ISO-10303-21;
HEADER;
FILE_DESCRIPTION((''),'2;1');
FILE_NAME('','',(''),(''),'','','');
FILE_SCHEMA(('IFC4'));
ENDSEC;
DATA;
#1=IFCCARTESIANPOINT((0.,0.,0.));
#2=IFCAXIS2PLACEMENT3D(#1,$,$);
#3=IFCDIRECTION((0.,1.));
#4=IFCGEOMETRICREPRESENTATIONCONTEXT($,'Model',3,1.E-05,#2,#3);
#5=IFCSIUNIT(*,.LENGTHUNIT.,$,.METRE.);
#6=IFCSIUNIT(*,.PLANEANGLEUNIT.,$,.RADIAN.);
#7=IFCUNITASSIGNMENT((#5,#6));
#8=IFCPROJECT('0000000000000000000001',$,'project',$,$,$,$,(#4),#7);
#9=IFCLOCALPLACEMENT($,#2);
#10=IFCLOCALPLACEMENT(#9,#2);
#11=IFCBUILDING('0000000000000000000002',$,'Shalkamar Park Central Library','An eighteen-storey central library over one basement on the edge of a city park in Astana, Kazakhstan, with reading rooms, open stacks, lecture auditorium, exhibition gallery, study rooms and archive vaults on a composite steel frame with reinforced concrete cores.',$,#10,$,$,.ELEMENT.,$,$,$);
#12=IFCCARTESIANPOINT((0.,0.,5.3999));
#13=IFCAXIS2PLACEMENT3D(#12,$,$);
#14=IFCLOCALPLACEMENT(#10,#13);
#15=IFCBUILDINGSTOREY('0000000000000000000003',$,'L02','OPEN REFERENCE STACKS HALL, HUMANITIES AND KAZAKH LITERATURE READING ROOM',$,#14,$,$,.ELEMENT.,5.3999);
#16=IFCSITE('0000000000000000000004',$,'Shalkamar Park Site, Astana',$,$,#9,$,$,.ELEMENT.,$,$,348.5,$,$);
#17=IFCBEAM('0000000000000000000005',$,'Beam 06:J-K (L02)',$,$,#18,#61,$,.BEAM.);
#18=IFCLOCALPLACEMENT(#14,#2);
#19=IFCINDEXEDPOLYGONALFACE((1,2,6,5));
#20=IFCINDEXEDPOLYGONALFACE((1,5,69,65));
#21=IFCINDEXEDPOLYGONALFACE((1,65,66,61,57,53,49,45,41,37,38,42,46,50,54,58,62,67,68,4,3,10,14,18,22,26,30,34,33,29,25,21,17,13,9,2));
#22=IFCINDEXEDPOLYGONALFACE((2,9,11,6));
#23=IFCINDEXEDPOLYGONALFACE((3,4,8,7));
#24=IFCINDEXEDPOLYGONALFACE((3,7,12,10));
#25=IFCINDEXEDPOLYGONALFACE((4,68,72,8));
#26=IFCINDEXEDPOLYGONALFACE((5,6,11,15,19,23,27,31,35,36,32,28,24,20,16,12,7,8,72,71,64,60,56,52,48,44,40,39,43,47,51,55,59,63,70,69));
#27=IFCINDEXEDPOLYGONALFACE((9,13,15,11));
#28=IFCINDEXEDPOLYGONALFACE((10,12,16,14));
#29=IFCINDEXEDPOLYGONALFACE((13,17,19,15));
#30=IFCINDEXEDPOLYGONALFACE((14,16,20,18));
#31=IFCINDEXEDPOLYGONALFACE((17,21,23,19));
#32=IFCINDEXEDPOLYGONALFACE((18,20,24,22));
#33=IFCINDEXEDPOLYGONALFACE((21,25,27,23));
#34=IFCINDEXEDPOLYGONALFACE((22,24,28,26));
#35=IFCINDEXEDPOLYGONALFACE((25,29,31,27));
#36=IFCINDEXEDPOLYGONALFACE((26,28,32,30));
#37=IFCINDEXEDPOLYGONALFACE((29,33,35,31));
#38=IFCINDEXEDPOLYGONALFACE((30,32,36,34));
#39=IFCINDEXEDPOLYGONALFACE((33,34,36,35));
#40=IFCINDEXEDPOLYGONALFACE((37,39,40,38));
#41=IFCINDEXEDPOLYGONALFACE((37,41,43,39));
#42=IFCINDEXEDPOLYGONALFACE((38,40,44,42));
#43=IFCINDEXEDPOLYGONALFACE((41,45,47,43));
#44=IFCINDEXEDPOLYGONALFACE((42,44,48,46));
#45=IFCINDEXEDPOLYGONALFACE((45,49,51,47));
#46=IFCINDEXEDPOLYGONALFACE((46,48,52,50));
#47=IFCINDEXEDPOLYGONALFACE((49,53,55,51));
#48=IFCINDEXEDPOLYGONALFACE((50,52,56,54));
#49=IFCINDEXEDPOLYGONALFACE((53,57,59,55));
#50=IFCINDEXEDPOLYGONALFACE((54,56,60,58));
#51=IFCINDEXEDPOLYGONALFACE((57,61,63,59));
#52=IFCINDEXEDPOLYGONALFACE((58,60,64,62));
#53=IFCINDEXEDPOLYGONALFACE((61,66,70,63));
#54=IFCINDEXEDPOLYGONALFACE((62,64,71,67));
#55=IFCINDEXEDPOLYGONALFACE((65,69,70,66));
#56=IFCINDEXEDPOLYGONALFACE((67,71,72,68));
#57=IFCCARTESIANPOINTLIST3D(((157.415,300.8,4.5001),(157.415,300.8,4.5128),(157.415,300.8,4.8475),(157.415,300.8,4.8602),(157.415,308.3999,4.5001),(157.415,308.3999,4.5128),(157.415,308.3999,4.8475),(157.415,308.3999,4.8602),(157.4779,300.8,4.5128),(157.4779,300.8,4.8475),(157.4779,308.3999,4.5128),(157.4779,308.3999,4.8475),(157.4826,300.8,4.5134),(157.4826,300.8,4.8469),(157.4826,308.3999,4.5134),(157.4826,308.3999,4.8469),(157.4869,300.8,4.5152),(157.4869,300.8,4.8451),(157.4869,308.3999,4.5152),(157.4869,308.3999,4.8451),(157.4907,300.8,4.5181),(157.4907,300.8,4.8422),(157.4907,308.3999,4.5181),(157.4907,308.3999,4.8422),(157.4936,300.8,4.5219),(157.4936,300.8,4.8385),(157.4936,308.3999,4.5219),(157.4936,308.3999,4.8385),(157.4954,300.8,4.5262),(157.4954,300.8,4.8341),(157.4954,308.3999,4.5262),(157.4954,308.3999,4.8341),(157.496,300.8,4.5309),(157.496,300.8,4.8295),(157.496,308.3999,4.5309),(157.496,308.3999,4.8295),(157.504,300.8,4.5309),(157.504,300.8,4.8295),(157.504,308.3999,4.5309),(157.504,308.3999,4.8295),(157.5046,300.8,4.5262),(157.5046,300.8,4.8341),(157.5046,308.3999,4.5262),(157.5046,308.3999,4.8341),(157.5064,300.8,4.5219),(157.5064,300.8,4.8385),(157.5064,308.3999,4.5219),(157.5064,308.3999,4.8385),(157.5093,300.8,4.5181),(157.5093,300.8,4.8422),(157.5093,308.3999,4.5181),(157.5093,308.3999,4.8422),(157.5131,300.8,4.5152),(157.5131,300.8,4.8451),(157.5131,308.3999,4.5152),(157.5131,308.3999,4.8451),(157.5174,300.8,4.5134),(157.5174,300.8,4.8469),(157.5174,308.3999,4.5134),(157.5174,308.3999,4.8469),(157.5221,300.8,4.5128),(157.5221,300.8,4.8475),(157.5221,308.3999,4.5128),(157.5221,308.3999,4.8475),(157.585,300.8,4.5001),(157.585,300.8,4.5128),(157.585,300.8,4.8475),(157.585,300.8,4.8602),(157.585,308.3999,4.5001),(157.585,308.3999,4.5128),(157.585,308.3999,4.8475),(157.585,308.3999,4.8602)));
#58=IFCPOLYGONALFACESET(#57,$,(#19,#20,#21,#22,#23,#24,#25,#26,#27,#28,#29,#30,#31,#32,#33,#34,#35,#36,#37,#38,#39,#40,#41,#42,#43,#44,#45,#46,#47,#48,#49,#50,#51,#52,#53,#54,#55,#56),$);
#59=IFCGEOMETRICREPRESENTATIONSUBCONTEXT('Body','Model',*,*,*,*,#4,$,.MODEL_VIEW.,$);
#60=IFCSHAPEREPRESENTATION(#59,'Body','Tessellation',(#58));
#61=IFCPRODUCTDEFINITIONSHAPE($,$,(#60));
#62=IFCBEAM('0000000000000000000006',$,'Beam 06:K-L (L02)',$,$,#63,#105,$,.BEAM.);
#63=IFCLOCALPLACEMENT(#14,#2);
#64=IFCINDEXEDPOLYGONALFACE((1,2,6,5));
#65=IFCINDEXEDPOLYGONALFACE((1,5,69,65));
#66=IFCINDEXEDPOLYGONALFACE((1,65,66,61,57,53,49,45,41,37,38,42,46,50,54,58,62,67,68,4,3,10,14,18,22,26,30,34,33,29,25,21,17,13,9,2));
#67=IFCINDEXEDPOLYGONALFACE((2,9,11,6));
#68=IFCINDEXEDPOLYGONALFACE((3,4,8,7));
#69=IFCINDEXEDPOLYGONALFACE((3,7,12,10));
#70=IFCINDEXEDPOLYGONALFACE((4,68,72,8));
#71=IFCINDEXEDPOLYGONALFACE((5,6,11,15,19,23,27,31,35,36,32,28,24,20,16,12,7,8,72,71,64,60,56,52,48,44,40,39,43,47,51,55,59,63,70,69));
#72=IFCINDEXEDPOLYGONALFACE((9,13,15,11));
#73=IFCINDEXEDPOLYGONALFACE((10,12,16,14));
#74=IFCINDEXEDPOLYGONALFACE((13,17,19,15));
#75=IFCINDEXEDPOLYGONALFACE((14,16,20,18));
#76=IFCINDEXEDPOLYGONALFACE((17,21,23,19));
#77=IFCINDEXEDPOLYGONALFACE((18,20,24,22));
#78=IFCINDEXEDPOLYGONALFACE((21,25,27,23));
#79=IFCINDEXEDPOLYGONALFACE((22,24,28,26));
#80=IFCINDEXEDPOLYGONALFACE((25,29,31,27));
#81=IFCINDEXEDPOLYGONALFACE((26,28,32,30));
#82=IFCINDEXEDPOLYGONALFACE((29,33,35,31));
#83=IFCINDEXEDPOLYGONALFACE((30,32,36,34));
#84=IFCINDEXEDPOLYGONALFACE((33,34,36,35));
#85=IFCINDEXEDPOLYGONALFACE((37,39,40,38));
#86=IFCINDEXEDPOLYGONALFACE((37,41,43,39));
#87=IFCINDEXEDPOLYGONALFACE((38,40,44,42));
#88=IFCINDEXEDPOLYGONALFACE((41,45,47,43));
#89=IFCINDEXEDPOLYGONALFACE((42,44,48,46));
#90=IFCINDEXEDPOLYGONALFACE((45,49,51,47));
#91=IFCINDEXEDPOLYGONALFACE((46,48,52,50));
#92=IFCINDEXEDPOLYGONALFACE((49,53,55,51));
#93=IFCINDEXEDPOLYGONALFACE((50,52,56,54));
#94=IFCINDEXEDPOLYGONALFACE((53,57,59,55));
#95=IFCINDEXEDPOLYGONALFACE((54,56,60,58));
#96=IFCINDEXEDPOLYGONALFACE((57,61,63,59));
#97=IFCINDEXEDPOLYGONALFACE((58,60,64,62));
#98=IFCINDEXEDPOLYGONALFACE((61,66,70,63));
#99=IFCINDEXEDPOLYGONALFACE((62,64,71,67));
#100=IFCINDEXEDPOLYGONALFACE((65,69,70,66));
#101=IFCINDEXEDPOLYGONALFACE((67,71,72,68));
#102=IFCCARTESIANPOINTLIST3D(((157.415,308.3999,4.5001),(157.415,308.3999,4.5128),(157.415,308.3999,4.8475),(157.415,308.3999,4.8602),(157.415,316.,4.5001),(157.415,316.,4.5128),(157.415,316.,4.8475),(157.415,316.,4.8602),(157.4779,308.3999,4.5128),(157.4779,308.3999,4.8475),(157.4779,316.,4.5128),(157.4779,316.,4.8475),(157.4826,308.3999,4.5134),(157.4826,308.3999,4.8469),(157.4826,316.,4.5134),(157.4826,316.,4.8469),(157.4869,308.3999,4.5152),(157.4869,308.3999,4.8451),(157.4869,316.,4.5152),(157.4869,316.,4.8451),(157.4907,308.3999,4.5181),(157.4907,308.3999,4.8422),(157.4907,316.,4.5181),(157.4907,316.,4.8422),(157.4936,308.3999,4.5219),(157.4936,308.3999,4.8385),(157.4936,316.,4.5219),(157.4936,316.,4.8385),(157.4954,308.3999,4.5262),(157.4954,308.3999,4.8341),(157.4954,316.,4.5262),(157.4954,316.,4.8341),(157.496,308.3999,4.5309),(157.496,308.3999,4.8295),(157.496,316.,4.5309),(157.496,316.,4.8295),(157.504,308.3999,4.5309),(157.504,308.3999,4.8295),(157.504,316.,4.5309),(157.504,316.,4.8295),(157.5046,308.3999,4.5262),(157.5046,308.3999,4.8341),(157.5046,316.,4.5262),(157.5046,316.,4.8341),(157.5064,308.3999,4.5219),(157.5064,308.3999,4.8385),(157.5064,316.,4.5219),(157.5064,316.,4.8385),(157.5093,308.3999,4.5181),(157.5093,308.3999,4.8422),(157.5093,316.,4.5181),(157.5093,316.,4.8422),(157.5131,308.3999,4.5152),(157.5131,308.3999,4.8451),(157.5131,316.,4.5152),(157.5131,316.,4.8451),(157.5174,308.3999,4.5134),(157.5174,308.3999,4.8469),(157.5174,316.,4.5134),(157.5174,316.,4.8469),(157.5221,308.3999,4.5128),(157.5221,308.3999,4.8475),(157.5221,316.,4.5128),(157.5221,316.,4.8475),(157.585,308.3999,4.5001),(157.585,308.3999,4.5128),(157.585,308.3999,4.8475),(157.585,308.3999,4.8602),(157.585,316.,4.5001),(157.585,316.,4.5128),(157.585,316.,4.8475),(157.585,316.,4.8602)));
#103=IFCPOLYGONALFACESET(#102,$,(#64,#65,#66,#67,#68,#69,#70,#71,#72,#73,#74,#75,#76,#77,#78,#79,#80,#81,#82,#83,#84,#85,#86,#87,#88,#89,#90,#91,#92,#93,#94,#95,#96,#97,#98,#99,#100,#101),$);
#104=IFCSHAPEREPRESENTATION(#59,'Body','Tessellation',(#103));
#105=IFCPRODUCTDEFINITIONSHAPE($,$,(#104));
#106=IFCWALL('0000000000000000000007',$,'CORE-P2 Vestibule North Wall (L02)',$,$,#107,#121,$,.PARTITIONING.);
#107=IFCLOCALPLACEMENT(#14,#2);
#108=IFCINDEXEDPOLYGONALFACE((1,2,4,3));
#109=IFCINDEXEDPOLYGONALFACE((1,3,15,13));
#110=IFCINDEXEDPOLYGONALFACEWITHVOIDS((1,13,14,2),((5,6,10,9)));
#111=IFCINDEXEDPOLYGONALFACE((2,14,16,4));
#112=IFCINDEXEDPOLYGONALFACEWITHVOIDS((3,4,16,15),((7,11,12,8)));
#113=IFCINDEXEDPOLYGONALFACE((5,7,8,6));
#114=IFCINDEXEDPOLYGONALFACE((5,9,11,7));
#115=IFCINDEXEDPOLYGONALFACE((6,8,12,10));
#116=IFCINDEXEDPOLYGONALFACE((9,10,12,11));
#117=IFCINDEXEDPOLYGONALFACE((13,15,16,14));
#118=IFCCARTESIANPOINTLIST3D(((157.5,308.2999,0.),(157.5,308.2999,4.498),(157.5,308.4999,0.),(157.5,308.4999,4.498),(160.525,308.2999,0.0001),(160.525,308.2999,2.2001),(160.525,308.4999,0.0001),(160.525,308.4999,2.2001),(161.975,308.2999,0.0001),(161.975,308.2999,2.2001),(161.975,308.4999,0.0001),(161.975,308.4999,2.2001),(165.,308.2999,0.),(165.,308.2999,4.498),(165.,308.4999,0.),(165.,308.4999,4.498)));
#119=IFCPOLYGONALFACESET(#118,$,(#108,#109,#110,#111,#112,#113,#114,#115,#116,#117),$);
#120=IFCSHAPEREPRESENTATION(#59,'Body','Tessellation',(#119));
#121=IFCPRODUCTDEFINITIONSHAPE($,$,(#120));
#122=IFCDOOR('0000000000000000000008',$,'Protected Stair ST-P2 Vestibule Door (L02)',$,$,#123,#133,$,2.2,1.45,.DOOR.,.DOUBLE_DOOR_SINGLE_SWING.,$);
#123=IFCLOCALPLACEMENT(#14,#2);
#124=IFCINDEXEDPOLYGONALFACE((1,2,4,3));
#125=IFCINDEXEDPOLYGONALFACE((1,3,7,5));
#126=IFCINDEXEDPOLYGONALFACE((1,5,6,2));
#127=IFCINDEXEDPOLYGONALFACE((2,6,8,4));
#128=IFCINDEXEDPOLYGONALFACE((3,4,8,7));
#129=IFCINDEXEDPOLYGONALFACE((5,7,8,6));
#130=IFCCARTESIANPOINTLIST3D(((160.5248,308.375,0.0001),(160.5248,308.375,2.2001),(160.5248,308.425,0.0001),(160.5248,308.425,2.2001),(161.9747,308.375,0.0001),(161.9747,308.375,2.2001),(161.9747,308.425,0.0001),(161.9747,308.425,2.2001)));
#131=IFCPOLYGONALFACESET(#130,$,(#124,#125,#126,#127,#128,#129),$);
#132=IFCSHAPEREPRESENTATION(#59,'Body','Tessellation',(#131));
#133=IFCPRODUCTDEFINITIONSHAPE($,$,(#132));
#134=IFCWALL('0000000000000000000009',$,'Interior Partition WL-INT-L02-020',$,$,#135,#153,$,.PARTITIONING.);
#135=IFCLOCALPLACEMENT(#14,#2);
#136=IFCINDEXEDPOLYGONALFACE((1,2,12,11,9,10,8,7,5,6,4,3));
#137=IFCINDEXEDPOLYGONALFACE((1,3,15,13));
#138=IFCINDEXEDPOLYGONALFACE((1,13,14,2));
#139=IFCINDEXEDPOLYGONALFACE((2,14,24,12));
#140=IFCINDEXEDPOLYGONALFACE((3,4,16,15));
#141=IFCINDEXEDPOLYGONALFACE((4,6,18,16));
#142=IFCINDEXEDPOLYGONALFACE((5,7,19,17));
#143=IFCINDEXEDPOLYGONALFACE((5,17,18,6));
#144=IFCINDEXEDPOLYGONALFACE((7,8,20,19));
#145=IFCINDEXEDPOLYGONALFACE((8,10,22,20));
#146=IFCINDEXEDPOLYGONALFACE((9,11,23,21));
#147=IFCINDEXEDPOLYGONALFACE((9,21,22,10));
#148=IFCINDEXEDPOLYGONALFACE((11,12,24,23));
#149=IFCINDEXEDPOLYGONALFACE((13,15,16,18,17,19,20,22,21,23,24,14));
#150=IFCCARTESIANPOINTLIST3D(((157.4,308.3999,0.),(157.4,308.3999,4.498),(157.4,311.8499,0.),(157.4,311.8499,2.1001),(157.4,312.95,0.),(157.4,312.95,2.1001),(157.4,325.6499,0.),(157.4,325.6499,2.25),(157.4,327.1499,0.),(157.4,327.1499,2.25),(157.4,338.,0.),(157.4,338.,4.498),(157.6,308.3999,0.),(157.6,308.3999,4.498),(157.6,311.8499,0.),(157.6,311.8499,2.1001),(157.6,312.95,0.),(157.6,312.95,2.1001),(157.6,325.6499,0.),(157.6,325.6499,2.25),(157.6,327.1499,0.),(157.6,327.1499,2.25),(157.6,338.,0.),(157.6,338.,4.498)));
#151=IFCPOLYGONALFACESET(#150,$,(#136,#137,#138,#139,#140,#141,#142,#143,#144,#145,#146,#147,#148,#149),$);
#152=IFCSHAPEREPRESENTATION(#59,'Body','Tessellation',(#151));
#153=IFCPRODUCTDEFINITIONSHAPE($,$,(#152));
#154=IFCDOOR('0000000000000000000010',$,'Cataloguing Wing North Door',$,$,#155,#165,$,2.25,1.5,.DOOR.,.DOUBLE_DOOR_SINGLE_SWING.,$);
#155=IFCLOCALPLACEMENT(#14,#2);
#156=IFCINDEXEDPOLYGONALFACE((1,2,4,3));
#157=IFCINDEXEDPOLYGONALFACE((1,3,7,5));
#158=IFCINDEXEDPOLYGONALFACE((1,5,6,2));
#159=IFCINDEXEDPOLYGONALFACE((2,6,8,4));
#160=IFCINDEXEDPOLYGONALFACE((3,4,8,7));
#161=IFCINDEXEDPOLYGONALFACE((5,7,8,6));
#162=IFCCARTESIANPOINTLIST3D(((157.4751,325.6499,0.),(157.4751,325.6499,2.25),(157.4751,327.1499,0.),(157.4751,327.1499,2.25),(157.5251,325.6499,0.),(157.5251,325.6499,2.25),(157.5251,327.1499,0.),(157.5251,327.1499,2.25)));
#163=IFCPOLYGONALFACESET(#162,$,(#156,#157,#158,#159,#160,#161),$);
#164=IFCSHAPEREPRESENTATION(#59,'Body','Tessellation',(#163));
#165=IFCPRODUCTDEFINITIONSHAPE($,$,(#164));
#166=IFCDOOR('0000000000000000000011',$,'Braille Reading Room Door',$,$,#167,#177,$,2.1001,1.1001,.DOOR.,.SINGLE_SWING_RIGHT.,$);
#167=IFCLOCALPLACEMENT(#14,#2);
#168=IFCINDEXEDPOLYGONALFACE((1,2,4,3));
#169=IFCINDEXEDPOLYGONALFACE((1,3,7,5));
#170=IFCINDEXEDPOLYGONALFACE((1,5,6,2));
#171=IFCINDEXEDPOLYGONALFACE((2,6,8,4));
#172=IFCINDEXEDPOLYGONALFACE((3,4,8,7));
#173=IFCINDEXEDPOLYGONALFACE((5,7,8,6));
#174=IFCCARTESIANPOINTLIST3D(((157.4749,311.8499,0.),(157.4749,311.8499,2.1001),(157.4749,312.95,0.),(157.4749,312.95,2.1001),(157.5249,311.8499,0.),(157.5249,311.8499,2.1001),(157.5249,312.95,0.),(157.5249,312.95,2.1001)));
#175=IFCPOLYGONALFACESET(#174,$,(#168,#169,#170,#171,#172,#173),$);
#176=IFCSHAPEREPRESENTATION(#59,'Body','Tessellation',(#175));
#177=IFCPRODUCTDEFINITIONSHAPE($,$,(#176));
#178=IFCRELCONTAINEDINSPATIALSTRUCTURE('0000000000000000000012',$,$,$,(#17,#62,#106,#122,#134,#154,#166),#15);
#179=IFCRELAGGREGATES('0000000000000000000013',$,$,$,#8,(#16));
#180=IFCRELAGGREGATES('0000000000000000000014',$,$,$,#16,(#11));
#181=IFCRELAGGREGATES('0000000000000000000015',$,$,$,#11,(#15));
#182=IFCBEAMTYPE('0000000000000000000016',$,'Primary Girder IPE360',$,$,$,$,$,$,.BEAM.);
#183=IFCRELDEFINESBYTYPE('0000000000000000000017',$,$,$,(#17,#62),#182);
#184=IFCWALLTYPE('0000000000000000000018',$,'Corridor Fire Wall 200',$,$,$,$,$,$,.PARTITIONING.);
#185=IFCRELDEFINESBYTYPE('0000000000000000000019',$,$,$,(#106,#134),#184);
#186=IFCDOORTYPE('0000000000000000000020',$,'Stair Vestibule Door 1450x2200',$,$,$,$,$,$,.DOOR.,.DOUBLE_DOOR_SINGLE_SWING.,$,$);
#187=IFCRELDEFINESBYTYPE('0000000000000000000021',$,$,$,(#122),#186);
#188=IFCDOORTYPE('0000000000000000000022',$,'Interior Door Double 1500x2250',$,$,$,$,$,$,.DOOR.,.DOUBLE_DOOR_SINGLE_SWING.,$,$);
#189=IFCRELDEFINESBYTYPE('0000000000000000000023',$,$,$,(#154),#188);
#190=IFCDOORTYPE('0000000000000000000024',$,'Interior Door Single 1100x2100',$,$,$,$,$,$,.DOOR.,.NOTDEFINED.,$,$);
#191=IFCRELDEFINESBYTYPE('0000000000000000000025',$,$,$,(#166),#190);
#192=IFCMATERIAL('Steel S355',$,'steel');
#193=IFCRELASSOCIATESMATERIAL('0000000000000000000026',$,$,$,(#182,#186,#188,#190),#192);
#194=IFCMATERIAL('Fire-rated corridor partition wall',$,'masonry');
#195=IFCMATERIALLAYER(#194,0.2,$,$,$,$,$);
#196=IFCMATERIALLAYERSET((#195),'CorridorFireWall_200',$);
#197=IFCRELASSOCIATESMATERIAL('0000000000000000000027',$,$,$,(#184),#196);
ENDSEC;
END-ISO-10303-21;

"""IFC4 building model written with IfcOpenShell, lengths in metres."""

from ifc_helpers import new_model, si_unit, direction, frame, frame_2d, origin, origin_2d, place, context, subcontext, project, spatial, rectangle, i_section, extrude, material, layer, layer_set, material_profile, profile_set, type_object, element, fill, save


model = new_model("IFC4")

# Units and contexts
model_context = context("Model", 3, precision=1e-05, world=origin(), true_north=direction((0.0, 1.0)))
body_context = subcontext(model_context, "Body", "Model", "MODEL_VIEW")
ifc_project = project(units=[si_unit("LENGTHUNIT", "METRE"), si_unit("PLANEANGLEUNIT", "RADIAN")], contexts=[model_context])

# Site, building, storey
site_placement = place(None, origin())
site = spatial("IfcSite", under=ifc_project, at=site_placement, Name="Shalkamar Park Site, Astana", CompositionType="ELEMENT", RefElevation=348.5)
building_placement = place(site_placement, origin())
building = spatial("IfcBuilding", under=site, at=building_placement, Name="Shalkamar Park Central Library", Description="An eighteen-storey central library over one basement on the edge of a city park in Astana, Kazakhstan, with reading rooms, open stacks, lecture auditorium, exhibition gallery, study rooms and archive vaults on a composite steel frame with reinforced concrete cores.", CompositionType="ELEMENT")
storey_placement = place(building_placement, frame((0.0, 0.0, 5.3999)))
storey = spatial("IfcBuildingStorey", under=building, at=storey_placement, Name="L02", Description="OPEN REFERENCE STACKS HALL, HUMANITIES AND KAZAKH LITERATURE READING ROOM", CompositionType="ELEMENT", Elevation=5.3999)

# Shared definitions
ifc_material_1 = material(Name="Steel S355", Category="steel")

# Beams
ifc_material_profile_1 = material_profile(ifc_material_1, i_section(OverallWidth=0.1699, OverallDepth=0.3601, WebThickness=0.0081, FlangeThickness=0.0127, FilletRadius=0.0181, at=origin_2d()), Name="IPE 360")
ifc_profile_set_1 = profile_set([ifc_material_profile_1], Name="Steel S355")
beam_type = type_object("IfcBeamType", Name="Primary Girder IPE360", PredefinedType="BEAM", material=ifc_profile_set_1)
beam_1_placement = place(storey_placement, frame((157.5, 300.8, 4.6802), z_axis=(0.0, 1.0, 0.0), x_axis=(-1.0, 0.0, 0.0)))
element("IfcBeam", 1, at=beam_1_placement, inside=storey, type_object=beam_type, Name="Beam 06:J-K (L02)", PredefinedType="BEAM", context=body_context, shape_type="SweptSolid", body=[
    extrude(i_section(OverallWidth=0.1699, OverallDepth=0.3601, WebThickness=0.0081, FlangeThickness=0.0127, FilletRadius=0.0181, at=origin_2d()), origin(), (0.0, 0.0, 1.0), 7.5999),
])
beam_2_placement = place(storey_placement, frame((157.5, 308.3999, 4.6802), z_axis=(0.0, 1.0, 0.0), x_axis=(-1.0, 0.0, 0.0)))
element("IfcBeam", 2, at=beam_2_placement, inside=storey, type_object=beam_type, Name="Beam 06:K-L (L02)", PredefinedType="BEAM", context=body_context, shape_type="SweptSolid", body=[
    extrude(i_section(OverallWidth=0.1699, OverallDepth=0.3601, WebThickness=0.0081, FlangeThickness=0.0127, FilletRadius=0.0181, at=origin_2d()), origin(), (0.0, 0.0, 1.0), 7.6001),
])

# Wall, opening, door
ifc_material_2 = material(Name="Fire-rated corridor partition wall", Category="masonry")
ifc_layer_1 = layer(ifc_material_2, 0.2)
ifc_layer_set_1 = layer_set([ifc_layer_1], Name="CorridorFireWall_200")
wall_type_1 = type_object("IfcWallType", Name="Corridor Fire Wall 200", PredefinedType="PARTITIONING", material=ifc_layer_set_1)
wall_1_placement = place(storey_placement, frame((157.5, 308.3999, 0.0), z_axis=(0.0, 0.0, 1.0), x_axis=(1.0, 0.0, 0.0)))
wall_1 = element("IfcWall", 3, at=wall_1_placement, inside=storey, type_object=wall_type_1, Name="CORE-P2 Vestibule North Wall (L02)", PredefinedType="PARTITIONING", context=body_context, shape_type="SweptSolid", body=[
    extrude(rectangle(XDim=7.5, YDim=0.2, at=frame_2d((3.75, 0.0))), origin(), (0.0, 0.0, 1.0), 4.498),
])
opening_1_placement = place(wall_1_placement, frame((3.0249, 0.0, 0.0)))
opening_1 = element("IfcOpeningElement", 4, at=opening_1_placement, cuts=wall_1, PredefinedType="OPENING", context=body_context, shape_type="SweptSolid", body=[
    extrude(rectangle(XDim=1.45, YDim=2.2, at=frame_2d((0.7251, 1.1001))), frame((0.0, 0.1147, 0.0), z_axis=(0.0, -1.0, 0.0), x_axis=(1.0, 0.0, 0.0)), (0.0, 0.0, 1.0), 0.2297),
])
door_type_1 = type_object("IfcDoorType", Name="Stair Vestibule Door 1450x2200", OperationType="DOUBLE_DOOR_SINGLE_SWING", PredefinedType="DOOR", material=ifc_material_1)
door_1_placement = place(opening_1_placement, frame((1.45, 0.0, 0.0), z_axis=(0.0, 0.0, 1.0), x_axis=(-1.0, 0.0, 0.0)))
door_1 = element("IfcDoor", 5, at=door_1_placement, inside=storey, type_object=door_type_1, Name="Protected Stair ST-P2 Vestibule Door (L02)", OperationType="DOUBLE_DOOR_SINGLE_SWING", OverallHeight=2.2, OverallWidth=1.45, PredefinedType="DOOR", context=body_context, shape_type="SweptSolid", body=[
    extrude(rectangle(XDim=1.45, YDim=2.2, at=frame_2d((0.7251, 1.1001))), frame((0.0, 0.0249, 0.0), z_axis=(0.0, -1.0, 0.0), x_axis=(1.0, 0.0, 0.0)), (0.0, 0.0, 1.0), 0.05),
])
fill(opening_1, door_1)

# Wall, openings, doors
wall_2_placement = place(storey_placement, frame((157.5, 308.3999, 0.0), z_axis=(0.0, 0.0, 1.0), x_axis=(0.0, 1.0, 0.0)))
wall_2 = element("IfcWall", 6, at=wall_2_placement, inside=storey, type_object=wall_type_1, Name="Interior Partition WL-INT-L02-020", PredefinedType="PARTITIONING", context=body_context, shape_type="SweptSolid", body=[
    extrude(rectangle(XDim=29.6001, YDim=0.2, at=frame_2d((14.8, 0.0))), origin(), (0.0, 0.0, 1.0), 4.498),
])
opening_2_placement = place(wall_2_placement, frame((3.45, 0.0, 0.0)))
opening_2 = element("IfcOpeningElement", 7, at=opening_2_placement, cuts=wall_2, PredefinedType="OPENING", context=body_context, shape_type="SweptSolid", body=[
    extrude(rectangle(XDim=1.1001, YDim=2.1001, at=frame_2d((0.55, 1.05))), frame((0.0, 0.1147, 0.0), z_axis=(0.0, -1.0, 0.0), x_axis=(1.0, 0.0, 0.0)), (0.0, 0.0, 1.0), 0.2297),
])
opening_3_placement = place(wall_2_placement, frame((17.25, 0.0, 0.0)))
opening_3 = element("IfcOpeningElement", 8, at=opening_3_placement, cuts=wall_2, PredefinedType="OPENING", context=body_context, shape_type="SweptSolid", body=[
    extrude(rectangle(XDim=1.5, YDim=2.25, at=frame_2d((0.75, 1.125))), frame((0.0, 0.1147, 0.0), z_axis=(0.0, -1.0, 0.0), x_axis=(1.0, 0.0, 0.0)), (0.0, 0.0, 1.0), 0.2297),
])
door_type_2 = type_object("IfcDoorType", Name="Interior Door Double 1500x2250", OperationType="DOUBLE_DOOR_SINGLE_SWING", PredefinedType="DOOR", material=ifc_material_1)
door_2_placement = place(opening_3_placement, origin())
door_2 = element("IfcDoor", 9, at=door_2_placement, inside=storey, type_object=door_type_2, Name="Cataloguing Wing North Door", OperationType="DOUBLE_DOOR_SINGLE_SWING", OverallHeight=2.25, OverallWidth=1.5, PredefinedType="DOOR", context=body_context, shape_type="SweptSolid", body=[
    extrude(rectangle(XDim=1.5, YDim=2.25, at=frame_2d((0.75, 1.125))), frame((0.0, 0.0249, 0.0), z_axis=(0.0, -1.0, 0.0), x_axis=(1.0, 0.0, 0.0)), (0.0, 0.0, 1.0), 0.05),
])
fill(opening_3, door_2)
door_type_3 = type_object("IfcDoorType", Name="Interior Door Single 1100x2100", OperationType="NOTDEFINED", PredefinedType="DOOR", material=ifc_material_1)
door_3_placement = place(opening_2_placement, frame((1.1001, 0.0, 0.0), z_axis=(0.0, 0.0, 1.0), x_axis=(-1.0, 0.0, 0.0)))
door_3 = element("IfcDoor", 10, at=door_3_placement, inside=storey, type_object=door_type_3, Name="Braille Reading Room Door", OperationType="SINGLE_SWING_RIGHT", OverallHeight=2.1001, OverallWidth=1.1001, PredefinedType="DOOR", context=body_context, shape_type="SweptSolid", body=[
    extrude(rectangle(XDim=1.1001, YDim=2.1001, at=frame_2d((0.55, 1.05))), frame((0.0, 0.0249, 0.0), z_axis=(0.0, -1.0, 0.0), x_axis=(1.0, 0.0, 0.0)), (0.0, 0.0, 1.0), 0.05),
])
fill(opening_2, door_3)

save(model, "model.ifc")
